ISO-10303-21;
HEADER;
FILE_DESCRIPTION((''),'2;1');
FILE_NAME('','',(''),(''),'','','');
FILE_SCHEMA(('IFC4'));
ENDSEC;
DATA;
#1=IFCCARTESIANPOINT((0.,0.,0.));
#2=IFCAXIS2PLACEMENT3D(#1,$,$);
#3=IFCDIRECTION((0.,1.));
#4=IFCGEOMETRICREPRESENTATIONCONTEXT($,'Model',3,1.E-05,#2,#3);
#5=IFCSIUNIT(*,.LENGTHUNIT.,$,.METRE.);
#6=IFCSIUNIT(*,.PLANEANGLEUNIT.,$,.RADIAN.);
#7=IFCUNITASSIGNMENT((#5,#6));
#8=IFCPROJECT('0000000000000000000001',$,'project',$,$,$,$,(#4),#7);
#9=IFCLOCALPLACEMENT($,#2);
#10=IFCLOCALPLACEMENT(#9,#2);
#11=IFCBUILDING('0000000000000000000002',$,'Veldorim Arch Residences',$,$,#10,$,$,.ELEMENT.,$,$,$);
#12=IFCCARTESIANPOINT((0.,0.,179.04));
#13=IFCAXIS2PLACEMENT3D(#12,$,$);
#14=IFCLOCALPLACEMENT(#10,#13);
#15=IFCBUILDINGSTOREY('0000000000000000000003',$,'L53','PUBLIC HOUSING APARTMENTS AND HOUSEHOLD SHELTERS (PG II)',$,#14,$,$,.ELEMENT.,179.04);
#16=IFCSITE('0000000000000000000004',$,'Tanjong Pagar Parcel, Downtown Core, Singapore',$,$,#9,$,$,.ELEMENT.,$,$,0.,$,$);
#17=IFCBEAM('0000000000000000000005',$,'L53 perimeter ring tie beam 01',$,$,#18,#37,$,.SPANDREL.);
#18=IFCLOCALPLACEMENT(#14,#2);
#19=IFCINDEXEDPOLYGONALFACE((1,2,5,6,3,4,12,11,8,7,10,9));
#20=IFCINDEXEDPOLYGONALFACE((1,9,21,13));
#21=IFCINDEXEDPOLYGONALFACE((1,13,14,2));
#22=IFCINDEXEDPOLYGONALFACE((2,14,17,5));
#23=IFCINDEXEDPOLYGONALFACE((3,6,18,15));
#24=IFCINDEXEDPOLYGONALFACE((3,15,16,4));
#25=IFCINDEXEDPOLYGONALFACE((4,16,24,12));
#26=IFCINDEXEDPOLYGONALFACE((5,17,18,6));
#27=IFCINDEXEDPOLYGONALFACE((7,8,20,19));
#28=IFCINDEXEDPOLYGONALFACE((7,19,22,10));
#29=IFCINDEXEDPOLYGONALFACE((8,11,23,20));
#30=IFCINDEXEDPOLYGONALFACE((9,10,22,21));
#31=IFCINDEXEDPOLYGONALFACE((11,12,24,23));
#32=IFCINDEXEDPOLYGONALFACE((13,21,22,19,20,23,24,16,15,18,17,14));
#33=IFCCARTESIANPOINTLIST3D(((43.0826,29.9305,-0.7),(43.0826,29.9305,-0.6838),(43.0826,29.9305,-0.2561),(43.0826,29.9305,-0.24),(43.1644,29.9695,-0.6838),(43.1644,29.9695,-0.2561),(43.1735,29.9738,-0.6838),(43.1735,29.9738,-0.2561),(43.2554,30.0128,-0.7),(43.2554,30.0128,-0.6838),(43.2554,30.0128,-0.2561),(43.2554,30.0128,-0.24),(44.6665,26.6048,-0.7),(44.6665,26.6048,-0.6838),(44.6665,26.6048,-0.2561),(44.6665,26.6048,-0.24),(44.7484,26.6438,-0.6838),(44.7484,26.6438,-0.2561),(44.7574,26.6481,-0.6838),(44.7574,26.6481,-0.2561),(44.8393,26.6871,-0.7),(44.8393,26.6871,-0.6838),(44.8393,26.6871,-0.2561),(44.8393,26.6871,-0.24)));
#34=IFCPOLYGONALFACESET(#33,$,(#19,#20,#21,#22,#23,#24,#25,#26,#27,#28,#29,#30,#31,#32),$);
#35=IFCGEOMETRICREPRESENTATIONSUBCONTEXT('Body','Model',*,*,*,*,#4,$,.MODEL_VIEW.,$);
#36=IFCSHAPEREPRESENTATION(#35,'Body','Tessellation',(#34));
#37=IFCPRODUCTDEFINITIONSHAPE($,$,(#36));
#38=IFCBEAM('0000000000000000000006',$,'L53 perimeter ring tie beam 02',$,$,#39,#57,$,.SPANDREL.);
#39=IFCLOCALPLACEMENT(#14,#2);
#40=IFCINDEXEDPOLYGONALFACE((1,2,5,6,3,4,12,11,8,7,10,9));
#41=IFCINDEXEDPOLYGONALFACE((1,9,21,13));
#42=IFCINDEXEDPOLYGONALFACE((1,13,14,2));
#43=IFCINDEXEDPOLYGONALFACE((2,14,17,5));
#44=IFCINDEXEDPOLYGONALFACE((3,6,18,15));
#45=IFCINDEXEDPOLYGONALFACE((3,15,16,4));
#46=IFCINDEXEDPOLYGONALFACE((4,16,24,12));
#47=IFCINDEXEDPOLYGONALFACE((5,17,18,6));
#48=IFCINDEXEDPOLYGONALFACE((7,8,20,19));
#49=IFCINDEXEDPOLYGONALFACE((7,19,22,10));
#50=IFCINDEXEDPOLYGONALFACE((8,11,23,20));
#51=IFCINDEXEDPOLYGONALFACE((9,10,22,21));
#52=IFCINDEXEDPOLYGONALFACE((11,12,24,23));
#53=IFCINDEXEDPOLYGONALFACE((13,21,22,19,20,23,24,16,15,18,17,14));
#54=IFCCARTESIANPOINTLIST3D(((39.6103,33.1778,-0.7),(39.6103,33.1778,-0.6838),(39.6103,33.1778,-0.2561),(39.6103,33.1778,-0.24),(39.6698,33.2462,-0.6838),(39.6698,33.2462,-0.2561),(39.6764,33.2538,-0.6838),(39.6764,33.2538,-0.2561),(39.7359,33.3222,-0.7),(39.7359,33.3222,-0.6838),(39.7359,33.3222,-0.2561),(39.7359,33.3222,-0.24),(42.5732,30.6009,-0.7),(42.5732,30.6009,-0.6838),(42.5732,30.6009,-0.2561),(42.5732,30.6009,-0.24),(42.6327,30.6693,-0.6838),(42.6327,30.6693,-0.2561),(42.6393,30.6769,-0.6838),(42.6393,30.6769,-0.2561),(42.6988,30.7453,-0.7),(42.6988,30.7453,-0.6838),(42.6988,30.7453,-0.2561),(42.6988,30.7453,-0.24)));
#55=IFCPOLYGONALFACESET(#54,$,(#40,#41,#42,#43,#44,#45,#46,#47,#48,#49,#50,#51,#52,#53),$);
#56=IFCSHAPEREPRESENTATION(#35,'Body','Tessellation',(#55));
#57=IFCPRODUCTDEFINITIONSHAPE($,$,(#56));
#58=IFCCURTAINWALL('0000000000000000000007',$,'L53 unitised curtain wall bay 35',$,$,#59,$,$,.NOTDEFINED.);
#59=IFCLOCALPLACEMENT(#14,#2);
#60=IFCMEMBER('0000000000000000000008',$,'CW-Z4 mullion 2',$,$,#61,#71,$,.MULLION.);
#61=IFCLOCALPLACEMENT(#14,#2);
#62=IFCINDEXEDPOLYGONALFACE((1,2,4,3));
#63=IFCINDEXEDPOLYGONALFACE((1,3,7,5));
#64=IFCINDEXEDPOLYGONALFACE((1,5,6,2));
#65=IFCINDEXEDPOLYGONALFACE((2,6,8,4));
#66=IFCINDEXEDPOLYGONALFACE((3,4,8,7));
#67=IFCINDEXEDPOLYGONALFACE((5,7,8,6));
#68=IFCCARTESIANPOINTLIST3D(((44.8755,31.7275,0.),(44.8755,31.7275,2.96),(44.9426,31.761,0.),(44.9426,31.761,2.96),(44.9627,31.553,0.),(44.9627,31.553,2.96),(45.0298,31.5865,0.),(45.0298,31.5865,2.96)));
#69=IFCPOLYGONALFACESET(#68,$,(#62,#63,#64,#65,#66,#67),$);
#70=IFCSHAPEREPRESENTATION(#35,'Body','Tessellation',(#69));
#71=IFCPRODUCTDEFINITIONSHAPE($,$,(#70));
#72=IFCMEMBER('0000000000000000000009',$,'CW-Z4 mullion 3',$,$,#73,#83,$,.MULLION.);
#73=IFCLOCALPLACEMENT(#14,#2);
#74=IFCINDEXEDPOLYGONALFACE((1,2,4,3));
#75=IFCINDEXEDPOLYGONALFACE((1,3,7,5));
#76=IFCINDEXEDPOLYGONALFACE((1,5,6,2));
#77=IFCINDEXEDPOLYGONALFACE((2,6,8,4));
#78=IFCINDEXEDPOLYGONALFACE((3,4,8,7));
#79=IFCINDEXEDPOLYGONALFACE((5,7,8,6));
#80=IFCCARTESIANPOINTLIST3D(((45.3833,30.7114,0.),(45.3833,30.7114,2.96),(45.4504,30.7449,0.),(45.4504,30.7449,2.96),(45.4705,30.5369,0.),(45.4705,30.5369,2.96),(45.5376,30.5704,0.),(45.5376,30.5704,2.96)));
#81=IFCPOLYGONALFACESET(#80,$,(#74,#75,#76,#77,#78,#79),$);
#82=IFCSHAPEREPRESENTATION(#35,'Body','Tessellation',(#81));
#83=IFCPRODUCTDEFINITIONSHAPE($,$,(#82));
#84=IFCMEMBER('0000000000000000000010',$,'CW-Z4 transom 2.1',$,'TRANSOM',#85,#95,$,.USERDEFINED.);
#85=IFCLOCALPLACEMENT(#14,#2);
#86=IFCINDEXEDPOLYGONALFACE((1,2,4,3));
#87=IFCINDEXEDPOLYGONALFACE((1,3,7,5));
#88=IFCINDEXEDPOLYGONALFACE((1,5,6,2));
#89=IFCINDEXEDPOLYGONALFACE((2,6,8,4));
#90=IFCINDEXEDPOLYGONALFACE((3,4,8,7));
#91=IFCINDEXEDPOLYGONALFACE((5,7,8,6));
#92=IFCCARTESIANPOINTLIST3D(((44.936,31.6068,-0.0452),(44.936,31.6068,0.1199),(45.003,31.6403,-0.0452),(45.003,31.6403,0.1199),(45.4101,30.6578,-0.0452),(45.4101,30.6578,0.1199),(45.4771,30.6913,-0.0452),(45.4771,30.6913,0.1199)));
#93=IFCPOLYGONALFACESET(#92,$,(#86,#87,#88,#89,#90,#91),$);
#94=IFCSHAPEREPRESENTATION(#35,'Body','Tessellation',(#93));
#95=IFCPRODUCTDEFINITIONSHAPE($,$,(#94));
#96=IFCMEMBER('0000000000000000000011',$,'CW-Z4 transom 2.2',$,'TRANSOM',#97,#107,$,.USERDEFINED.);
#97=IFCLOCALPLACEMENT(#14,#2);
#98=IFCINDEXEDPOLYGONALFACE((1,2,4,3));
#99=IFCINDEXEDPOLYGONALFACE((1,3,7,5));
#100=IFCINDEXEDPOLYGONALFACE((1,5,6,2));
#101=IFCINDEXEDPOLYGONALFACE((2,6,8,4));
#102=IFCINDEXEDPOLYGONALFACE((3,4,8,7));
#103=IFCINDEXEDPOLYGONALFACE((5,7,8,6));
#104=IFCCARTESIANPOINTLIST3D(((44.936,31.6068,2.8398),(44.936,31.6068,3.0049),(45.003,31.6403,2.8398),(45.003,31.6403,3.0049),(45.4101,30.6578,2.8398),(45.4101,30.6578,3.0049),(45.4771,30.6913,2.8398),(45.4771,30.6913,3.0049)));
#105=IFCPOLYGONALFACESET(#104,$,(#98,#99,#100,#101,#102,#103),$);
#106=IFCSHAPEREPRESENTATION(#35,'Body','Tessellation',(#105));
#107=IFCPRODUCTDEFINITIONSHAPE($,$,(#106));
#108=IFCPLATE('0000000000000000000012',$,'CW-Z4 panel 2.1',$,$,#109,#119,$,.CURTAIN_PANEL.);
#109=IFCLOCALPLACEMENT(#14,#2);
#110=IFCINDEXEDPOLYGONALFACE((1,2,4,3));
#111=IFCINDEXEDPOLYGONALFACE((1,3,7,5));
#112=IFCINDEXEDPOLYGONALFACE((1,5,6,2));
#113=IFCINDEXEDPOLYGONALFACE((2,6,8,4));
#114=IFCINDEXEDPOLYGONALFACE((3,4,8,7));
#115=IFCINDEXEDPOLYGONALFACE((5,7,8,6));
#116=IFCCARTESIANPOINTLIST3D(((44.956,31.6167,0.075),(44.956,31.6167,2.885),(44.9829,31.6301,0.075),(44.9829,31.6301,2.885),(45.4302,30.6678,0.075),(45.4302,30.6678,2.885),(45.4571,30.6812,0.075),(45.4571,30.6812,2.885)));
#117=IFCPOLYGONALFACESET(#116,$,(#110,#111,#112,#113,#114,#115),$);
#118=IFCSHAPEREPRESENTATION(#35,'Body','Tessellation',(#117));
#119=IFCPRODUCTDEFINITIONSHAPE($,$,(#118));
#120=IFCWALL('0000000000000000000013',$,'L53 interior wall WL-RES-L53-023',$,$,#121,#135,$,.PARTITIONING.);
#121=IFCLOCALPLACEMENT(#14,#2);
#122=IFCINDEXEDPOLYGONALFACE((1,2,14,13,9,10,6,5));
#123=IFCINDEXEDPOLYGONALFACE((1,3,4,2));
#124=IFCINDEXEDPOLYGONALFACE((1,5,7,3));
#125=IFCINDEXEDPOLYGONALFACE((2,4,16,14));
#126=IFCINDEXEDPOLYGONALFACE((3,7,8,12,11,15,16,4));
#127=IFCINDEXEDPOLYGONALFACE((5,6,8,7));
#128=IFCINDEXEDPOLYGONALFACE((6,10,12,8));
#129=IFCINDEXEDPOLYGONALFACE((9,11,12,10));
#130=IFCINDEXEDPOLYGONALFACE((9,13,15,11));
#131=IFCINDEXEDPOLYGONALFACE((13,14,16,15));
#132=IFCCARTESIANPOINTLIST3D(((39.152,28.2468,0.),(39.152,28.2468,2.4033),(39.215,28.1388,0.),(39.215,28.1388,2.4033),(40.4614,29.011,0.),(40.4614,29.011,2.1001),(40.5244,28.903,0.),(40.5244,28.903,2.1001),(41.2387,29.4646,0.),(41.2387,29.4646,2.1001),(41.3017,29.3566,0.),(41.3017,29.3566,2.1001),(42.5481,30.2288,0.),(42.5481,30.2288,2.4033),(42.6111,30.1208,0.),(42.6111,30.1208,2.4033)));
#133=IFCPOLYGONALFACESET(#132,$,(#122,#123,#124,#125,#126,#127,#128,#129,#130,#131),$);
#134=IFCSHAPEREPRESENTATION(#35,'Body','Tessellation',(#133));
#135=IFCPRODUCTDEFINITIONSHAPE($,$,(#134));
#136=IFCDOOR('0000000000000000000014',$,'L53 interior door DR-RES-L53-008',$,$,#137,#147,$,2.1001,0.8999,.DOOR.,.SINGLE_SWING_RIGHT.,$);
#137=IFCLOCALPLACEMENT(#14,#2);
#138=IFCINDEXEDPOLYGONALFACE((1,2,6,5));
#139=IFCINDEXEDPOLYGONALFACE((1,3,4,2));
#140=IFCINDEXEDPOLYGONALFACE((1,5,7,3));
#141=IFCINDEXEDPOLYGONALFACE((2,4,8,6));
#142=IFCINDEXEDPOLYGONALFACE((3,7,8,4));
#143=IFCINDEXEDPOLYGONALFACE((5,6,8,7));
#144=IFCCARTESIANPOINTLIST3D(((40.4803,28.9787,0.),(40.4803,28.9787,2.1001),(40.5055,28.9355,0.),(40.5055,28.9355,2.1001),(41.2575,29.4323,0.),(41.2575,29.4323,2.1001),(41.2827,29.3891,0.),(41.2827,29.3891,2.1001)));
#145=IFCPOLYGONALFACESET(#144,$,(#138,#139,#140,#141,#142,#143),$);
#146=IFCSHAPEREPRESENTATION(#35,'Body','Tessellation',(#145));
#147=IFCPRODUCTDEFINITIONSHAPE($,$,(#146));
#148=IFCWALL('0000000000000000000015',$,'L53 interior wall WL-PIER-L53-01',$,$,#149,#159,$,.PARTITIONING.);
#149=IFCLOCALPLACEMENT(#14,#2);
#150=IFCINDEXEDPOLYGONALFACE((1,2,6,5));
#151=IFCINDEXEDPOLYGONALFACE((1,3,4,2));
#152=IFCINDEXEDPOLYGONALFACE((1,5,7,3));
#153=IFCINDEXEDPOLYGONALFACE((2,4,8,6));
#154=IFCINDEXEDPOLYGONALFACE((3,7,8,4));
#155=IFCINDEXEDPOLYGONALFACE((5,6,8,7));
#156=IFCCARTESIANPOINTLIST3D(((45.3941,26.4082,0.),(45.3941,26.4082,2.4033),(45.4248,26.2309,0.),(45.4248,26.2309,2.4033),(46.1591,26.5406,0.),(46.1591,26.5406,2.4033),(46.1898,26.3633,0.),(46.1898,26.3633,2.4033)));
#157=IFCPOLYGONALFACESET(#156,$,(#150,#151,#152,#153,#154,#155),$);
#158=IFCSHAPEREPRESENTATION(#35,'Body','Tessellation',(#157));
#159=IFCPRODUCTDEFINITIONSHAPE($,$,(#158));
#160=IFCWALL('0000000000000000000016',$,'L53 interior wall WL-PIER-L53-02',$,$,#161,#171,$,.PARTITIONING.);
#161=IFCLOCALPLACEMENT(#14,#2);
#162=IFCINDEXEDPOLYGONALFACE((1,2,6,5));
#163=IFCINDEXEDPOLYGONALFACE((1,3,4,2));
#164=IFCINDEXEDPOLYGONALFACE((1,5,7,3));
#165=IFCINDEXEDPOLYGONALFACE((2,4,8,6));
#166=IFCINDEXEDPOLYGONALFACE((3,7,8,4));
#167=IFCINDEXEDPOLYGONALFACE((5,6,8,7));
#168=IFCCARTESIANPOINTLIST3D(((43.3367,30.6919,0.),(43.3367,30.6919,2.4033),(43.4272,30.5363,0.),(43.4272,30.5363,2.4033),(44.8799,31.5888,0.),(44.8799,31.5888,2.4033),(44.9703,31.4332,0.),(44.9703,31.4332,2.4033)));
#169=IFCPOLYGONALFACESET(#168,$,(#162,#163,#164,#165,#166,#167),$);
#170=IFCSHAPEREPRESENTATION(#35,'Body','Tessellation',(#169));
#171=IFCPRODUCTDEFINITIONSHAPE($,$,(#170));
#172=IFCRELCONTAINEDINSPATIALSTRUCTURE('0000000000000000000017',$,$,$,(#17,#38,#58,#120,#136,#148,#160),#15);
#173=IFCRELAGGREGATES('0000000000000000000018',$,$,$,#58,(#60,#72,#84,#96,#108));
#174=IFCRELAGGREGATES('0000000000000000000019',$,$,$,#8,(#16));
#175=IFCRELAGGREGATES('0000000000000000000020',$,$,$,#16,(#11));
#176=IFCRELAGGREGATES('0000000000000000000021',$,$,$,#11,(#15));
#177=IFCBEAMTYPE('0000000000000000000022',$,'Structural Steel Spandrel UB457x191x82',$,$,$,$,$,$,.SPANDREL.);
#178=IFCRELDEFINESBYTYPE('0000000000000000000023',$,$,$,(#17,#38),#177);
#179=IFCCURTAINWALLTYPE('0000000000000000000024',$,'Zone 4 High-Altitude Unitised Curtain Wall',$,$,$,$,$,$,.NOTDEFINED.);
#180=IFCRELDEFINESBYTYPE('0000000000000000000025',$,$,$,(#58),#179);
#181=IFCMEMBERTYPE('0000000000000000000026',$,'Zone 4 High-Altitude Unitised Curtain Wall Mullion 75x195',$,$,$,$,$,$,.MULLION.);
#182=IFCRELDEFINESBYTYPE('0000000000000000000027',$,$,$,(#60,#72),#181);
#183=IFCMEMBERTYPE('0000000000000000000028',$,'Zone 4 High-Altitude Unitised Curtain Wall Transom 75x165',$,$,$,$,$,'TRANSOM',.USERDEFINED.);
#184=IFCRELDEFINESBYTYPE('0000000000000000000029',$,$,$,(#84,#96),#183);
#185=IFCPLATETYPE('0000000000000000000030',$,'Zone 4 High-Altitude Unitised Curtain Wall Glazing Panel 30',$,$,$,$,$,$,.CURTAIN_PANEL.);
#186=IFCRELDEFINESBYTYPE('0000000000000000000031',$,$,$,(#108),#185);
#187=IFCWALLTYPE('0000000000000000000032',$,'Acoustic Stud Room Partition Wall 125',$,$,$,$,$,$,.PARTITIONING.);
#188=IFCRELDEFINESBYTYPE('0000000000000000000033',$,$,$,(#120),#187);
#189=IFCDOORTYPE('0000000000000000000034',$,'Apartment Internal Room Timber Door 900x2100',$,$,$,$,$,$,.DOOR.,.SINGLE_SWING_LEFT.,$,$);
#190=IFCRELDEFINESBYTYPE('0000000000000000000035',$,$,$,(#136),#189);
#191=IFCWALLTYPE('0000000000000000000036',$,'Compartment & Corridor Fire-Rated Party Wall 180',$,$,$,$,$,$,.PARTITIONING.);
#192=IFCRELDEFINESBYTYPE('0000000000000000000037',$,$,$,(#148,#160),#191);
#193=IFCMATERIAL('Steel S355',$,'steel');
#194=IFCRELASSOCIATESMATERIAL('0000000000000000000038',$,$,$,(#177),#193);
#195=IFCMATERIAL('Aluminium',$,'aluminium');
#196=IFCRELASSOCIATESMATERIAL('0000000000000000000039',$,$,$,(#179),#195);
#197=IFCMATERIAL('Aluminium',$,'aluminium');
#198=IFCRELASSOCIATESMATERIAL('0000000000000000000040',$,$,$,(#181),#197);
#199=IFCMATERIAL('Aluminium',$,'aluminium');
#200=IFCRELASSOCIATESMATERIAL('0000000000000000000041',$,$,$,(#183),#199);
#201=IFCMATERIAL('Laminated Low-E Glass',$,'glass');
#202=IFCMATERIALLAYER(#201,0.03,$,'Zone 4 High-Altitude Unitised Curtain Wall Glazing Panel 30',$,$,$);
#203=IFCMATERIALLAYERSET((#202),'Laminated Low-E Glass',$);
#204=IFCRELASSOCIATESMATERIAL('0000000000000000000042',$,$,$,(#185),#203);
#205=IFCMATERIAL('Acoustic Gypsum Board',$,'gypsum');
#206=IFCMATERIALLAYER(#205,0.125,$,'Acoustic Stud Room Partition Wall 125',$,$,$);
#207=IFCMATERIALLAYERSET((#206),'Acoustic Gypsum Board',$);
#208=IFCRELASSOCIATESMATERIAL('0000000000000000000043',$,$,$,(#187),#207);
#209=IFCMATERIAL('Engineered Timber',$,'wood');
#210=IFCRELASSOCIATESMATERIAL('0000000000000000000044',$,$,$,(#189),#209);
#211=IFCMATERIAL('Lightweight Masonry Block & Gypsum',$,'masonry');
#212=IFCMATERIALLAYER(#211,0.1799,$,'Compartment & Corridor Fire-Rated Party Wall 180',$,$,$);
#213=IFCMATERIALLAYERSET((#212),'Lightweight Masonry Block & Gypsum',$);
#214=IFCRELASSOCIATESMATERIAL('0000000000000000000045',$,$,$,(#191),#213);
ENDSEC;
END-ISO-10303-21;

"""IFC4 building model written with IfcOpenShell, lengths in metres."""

from ifc_helpers import new_model, si_unit, direction, frame, frame_2d, origin, origin_2d, place, context, subcontext, project, spatial, rectangle, i_section, extrude, material, layer, layer_set, material_profile, profile_set, type_object, element, fill, aggregate, save


model = new_model("IFC4")

# Units and contexts
model_context = context("Model", 3, precision=1e-05, world=origin(), true_north=direction((0.0, 1.0)))
body_context = subcontext(model_context, "Body", "Model", "MODEL_VIEW")
ifc_project = project(units=[si_unit("LENGTHUNIT", "METRE"), si_unit("PLANEANGLEUNIT", "RADIAN")], contexts=[model_context])

# Site, building, storey
site_placement = place(None, origin())
site = spatial("IfcSite", under=ifc_project, at=site_placement, Name="Tanjong Pagar Parcel, Downtown Core, Singapore", CompositionType="ELEMENT", RefElevation=0.0)
building_placement = place(site_placement, origin())
building = spatial("IfcBuilding", under=site, at=building_placement, Name="Veldorim Arch Residences", CompositionType="ELEMENT")
storey_placement = place(building_placement, frame((0.0, 0.0, 179.04)))
storey = spatial("IfcBuildingStorey", under=building, at=storey_placement, Name="L53", Description="PUBLIC HOUSING APARTMENTS AND HOUSEHOLD SHELTERS (PG II)", CompositionType="ELEMENT", Elevation=179.04)

# Beams
ifc_material_1 = material(Name="Steel S355", Category="steel")
ifc_material_profile_1 = material_profile(ifc_material_1, i_section(OverallWidth=0.1914, OverallDepth=0.46, WebThickness=0.01, FlangeThickness=0.0161, at=origin_2d()), Name="UB457x191x82")
ifc_profile_set_1 = profile_set([ifc_material_profile_1], Name="Steel S355")
beam_type_1 = type_object("IfcBeamType", Name="Structural Steel Spandrel UB457x191x82", PredefinedType="SPANDREL", material=ifc_profile_set_1)
beam_1_placement = place(storey_placement, frame((44.7529, 26.646, -0.47), z_axis=(-0.430006, 0.902826, 0.0), x_axis=(-0.902826, -0.430006, 0.0)))
element("IfcBeam", 1, at=beam_1_placement, inside=storey, type_object=beam_type_1, Name="L53 perimeter ring tie beam 01", PredefinedType="SPANDREL", context=body_context, shape_type="SweptSolid", body=[
    extrude(i_section(OverallWidth=0.1914, OverallDepth=0.46, WebThickness=0.01, FlangeThickness=0.0161, at=origin_2d()), origin(), (0.0, 0.0, 1.0), 3.6836),
])
beam_2_placement = place(storey_placement, frame((42.636, 30.6731, -0.47), z_axis=(-0.754545, 0.656248, 0.0), x_axis=(-0.656248, -0.754545, 0.0)))
element("IfcBeam", 2, at=beam_2_placement, inside=storey, type_object=beam_type_1, Name="L53 perimeter ring tie beam 02", PredefinedType="SPANDREL", context=body_context, shape_type="SweptSolid", body=[
    extrude(i_section(OverallWidth=0.1914, OverallDepth=0.46, WebThickness=0.01, FlangeThickness=0.0161, at=origin_2d()), origin(), (0.0, 0.0, 1.0), 3.9268),
])

# Curtain wall, members, plate
ifc_material_2 = material(Name="Aluminium", Category="aluminium")
curtain_wall_type = type_object("IfcCurtainWallType", Name="Zone 4 High-Altitude Unitised Curtain Wall", PredefinedType="NOTDEFINED", material=ifc_material_2)
curtain_wall_placement = place(storey_placement, origin())
curtain_wall = element("IfcCurtainWall", 3, at=curtain_wall_placement, inside=storey, type_object=curtain_wall_type, Name="L53 unitised curtain wall bay 35", PredefinedType="NOTDEFINED")
ifc_material_3 = material(Name="Aluminium", Category="aluminium")
ifc_material_profile_2 = material_profile(ifc_material_3, rectangle(XDim=0.075, YDim=0.1951, at=origin_2d()), Name="ALU_MUL_75x195")
ifc_profile_set_2 = profile_set([ifc_material_profile_2], Name="Aluminium")
member_type_1 = type_object("IfcMemberType", Name="Zone 4 High-Altitude Unitised Curtain Wall Mullion 75x195", PredefinedType="MULLION", material=ifc_profile_set_2)
member_1_placement = place(storey_placement, frame((44.9526, 31.657, 0.0), z_axis=(0.0, 0.0, 1.0), x_axis=(0.894538, 0.446992, 0.0)))
member_1 = element("IfcMember", 4, at=member_1_placement, type_object=member_type_1, Name="CW-Z4 mullion 2", PredefinedType="MULLION", context=body_context, shape_type="SweptSolid", body=[
    extrude(rectangle(XDim=0.075, YDim=0.1951, at=origin_2d()), origin(), (0.0, 0.0, 1.0), 2.96),
])
member_2_placement = place(storey_placement, frame((45.4604, 30.6409, 0.0), z_axis=(0.0, 0.0, 1.0), x_axis=(0.894538, 0.446992, 0.0)))
member_2 = element("IfcMember", 5, at=member_2_placement, type_object=member_type_1, Name="CW-Z4 mullion 3", PredefinedType="MULLION", context=body_context, shape_type="SweptSolid", body=[
    extrude(rectangle(XDim=0.075, YDim=0.1951, at=origin_2d()), origin(), (0.0, 0.0, 1.0), 2.96),
])
ifc_material_4 = material(Name="Aluminium", Category="aluminium")
ifc_material_profile_3 = material_profile(ifc_material_4, rectangle(XDim=0.075, YDim=0.165, at=origin_2d()), Name="ALU_TRN_75x165")
ifc_profile_set_3 = profile_set([ifc_material_profile_3], Name="Aluminium")
member_type_2 = type_object("IfcMemberType", Name="Zone 4 High-Altitude Unitised Curtain Wall Transom 75x165", ElementType="TRANSOM", PredefinedType="USERDEFINED", material=ifc_profile_set_3)
member_3_placement = place(storey_placement, frame((44.9695, 31.6235, 0.0374), z_axis=(0.446937, -0.894565, 0.0), x_axis=(0.894565, 0.446937, 0.0)))
member_3 = element("IfcMember", 6, at=member_3_placement, type_object=member_type_2, Name="CW-Z4 transom 2.1", ObjectType="TRANSOM", PredefinedType="USERDEFINED", context=body_context, shape_type="SweptSolid", body=[
    extrude(rectangle(XDim=0.075, YDim=0.165, at=origin_2d()), origin(), (0.0, 0.0, 1.0), 1.0608),
])
member_4_placement = place(storey_placement, frame((44.9695, 31.6235, 2.9224), z_axis=(0.446937, -0.894565, 0.0), x_axis=(0.894565, 0.446937, 0.0)))
member_4 = element("IfcMember", 7, at=member_4_placement, type_object=member_type_2, Name="CW-Z4 transom 2.2", ObjectType="TRANSOM", PredefinedType="USERDEFINED", context=body_context, shape_type="SweptSolid", body=[
    extrude(rectangle(XDim=0.075, YDim=0.165, at=origin_2d()), origin(), (0.0, 0.0, 1.0), 1.0608),
])
ifc_material_5 = material(Name="Laminated Low-E Glass", Category="glass")
ifc_layer_1 = layer(ifc_material_5, 0.03, Name="Zone 4 High-Altitude Unitised Curtain Wall Glazing Panel 30")
ifc_layer_set_1 = layer_set([ifc_layer_1], Name="Laminated Low-E Glass")
plate_type = type_object("IfcPlateType", Name="Zone 4 High-Altitude Unitised Curtain Wall Glazing Panel 30", PredefinedType="CURTAIN_PANEL", material=ifc_layer_set_1)
plate_placement = place(storey_placement, frame((45.2065, 31.1489, 0.075), z_axis=(0.0, 0.0, 1.0), x_axis=(0.446992, -0.894538, 0.0)))
plate = element("IfcPlate", 8, at=plate_placement, type_object=plate_type, Name="CW-Z4 panel 2.1", PredefinedType="CURTAIN_PANEL", context=body_context, shape_type="SweptSolid", body=[
    extrude(rectangle(XDim=1.0608, YDim=0.03, at=origin_2d()), origin(), (0.0, 0.0, 1.0), 2.8101),
])
aggregate(curtain_wall, [member_1, member_2, member_3, member_4, plate])

# Wall, opening, door
ifc_material_6 = material(Name="Acoustic Gypsum Board", Category="gypsum")
ifc_layer_2 = layer(ifc_material_6, 0.125, Name="Acoustic Stud Room Partition Wall 125")
ifc_layer_set_2 = layer_set([ifc_layer_2], Name="Acoustic Gypsum Board")
wall_type_1 = type_object("IfcWallType", Name="Acoustic Stud Room Partition Wall 125", PredefinedType="PARTITIONING", material=ifc_layer_set_2)
wall_1_placement = place(storey_placement, frame((42.5796, 30.1748, 0.0), z_axis=(0.0, 0.0, 1.0), x_axis=(-0.863675, -0.504049, 0.0)))
wall_1 = element("IfcWall", 9, at=wall_1_placement, inside=storey, type_object=wall_type_1, Name="L53 interior wall WL-RES-L53-023", PredefinedType="PARTITIONING", context=body_context, shape_type="SweptSolid", body=[
    extrude(rectangle(XDim=3.9321, YDim=0.125, at=frame_2d((1.9661, 0.0))), origin(), (0.0, 0.0, 1.0), 2.4033),
])
opening_1_placement = place(wall_1_placement, frame((1.5161, 0.0, 0.0)))
opening_1 = element("IfcOpeningElement", 10, at=opening_1_placement, cuts=wall_1, PredefinedType="OPENING", context=body_context, shape_type="SweptSolid", body=[
    extrude(rectangle(XDim=0.8999, YDim=2.1001, at=frame_2d((0.45, 1.05))), frame((0.0, 0.0725, 0.0), z_axis=(0.0, -1.0, 0.0), x_axis=(1.0, 0.0, 0.0)), (0.0, 0.0, 1.0), 0.145),
])
ifc_material_7 = material(Name="Engineered Timber", Category="wood")
door_type = type_object("IfcDoorType", Name="Apartment Internal Room Timber Door 900x2100", OperationType="SINGLE_SWING_LEFT", PredefinedType="DOOR", material=ifc_material_7)
door_placement = place(opening_1_placement, origin())
door = element("IfcDoor", 11, at=door_placement, inside=storey, type_object=door_type, Name="L53 interior door DR-RES-L53-008", OperationType="SINGLE_SWING_RIGHT", OverallHeight=2.1001, OverallWidth=0.8999, PredefinedType="DOOR", context=body_context, shape_type="SweptSolid", body=[
    extrude(rectangle(XDim=0.8999, YDim=2.1001, at=frame_2d((0.45, 1.05))), frame((0.0, 0.0249, 0.0), z_axis=(0.0, -1.0, 0.0), x_axis=(1.0, 0.0, 0.0)), (0.0, 0.0, 1.0), 0.05),
])
fill(opening_1, door)

# Walls
ifc_material_8 = material(Name="Lightweight Masonry Block & Gypsum", Category="masonry")
ifc_layer_3 = layer(ifc_material_8, 0.1799, Name="Compartment & Corridor Fire-Rated Party Wall 180")
ifc_layer_set_3 = layer_set([ifc_layer_3], Name="Lightweight Masonry Block & Gypsum")
wall_type_2 = type_object("IfcWallType", Name="Compartment & Corridor Fire-Rated Party Wall 180", PredefinedType="PARTITIONING", material=ifc_layer_set_3)
wall_2_placement = place(storey_placement, frame((45.4094, 26.3196, 0.0), z_axis=(0.0, 0.0, 1.0), x_axis=(0.985364, 0.170465, 0.0)))
element("IfcWall", 12, at=wall_2_placement, inside=storey, type_object=wall_type_2, Name="L53 interior wall WL-PIER-L53-01", PredefinedType="PARTITIONING", context=body_context, shape_type="SweptSolid", body=[
    extrude(rectangle(XDim=0.7764, YDim=0.1799, at=frame_2d((0.3882, 0.0))), origin(), (0.0, 0.0, 1.0), 2.4033),
])
wall_3_placement = place(storey_placement, frame((43.3818, 30.614, 0.0), z_axis=(0.0, 0.0, 1.0), x_axis=(0.864567, 0.502518, 0.0)))
element("IfcWall", 13, at=wall_3_placement, inside=storey, type_object=wall_type_2, Name="L53 interior wall WL-PIER-L53-02", PredefinedType="PARTITIONING", context=body_context, shape_type="SweptSolid", body=[
    extrude(rectangle(XDim=1.7849, YDim=0.1799, at=frame_2d((0.8926, 0.0))), origin(), (0.0, 0.0, 1.0), 2.4033),
])

save(model, "model.ifc")
